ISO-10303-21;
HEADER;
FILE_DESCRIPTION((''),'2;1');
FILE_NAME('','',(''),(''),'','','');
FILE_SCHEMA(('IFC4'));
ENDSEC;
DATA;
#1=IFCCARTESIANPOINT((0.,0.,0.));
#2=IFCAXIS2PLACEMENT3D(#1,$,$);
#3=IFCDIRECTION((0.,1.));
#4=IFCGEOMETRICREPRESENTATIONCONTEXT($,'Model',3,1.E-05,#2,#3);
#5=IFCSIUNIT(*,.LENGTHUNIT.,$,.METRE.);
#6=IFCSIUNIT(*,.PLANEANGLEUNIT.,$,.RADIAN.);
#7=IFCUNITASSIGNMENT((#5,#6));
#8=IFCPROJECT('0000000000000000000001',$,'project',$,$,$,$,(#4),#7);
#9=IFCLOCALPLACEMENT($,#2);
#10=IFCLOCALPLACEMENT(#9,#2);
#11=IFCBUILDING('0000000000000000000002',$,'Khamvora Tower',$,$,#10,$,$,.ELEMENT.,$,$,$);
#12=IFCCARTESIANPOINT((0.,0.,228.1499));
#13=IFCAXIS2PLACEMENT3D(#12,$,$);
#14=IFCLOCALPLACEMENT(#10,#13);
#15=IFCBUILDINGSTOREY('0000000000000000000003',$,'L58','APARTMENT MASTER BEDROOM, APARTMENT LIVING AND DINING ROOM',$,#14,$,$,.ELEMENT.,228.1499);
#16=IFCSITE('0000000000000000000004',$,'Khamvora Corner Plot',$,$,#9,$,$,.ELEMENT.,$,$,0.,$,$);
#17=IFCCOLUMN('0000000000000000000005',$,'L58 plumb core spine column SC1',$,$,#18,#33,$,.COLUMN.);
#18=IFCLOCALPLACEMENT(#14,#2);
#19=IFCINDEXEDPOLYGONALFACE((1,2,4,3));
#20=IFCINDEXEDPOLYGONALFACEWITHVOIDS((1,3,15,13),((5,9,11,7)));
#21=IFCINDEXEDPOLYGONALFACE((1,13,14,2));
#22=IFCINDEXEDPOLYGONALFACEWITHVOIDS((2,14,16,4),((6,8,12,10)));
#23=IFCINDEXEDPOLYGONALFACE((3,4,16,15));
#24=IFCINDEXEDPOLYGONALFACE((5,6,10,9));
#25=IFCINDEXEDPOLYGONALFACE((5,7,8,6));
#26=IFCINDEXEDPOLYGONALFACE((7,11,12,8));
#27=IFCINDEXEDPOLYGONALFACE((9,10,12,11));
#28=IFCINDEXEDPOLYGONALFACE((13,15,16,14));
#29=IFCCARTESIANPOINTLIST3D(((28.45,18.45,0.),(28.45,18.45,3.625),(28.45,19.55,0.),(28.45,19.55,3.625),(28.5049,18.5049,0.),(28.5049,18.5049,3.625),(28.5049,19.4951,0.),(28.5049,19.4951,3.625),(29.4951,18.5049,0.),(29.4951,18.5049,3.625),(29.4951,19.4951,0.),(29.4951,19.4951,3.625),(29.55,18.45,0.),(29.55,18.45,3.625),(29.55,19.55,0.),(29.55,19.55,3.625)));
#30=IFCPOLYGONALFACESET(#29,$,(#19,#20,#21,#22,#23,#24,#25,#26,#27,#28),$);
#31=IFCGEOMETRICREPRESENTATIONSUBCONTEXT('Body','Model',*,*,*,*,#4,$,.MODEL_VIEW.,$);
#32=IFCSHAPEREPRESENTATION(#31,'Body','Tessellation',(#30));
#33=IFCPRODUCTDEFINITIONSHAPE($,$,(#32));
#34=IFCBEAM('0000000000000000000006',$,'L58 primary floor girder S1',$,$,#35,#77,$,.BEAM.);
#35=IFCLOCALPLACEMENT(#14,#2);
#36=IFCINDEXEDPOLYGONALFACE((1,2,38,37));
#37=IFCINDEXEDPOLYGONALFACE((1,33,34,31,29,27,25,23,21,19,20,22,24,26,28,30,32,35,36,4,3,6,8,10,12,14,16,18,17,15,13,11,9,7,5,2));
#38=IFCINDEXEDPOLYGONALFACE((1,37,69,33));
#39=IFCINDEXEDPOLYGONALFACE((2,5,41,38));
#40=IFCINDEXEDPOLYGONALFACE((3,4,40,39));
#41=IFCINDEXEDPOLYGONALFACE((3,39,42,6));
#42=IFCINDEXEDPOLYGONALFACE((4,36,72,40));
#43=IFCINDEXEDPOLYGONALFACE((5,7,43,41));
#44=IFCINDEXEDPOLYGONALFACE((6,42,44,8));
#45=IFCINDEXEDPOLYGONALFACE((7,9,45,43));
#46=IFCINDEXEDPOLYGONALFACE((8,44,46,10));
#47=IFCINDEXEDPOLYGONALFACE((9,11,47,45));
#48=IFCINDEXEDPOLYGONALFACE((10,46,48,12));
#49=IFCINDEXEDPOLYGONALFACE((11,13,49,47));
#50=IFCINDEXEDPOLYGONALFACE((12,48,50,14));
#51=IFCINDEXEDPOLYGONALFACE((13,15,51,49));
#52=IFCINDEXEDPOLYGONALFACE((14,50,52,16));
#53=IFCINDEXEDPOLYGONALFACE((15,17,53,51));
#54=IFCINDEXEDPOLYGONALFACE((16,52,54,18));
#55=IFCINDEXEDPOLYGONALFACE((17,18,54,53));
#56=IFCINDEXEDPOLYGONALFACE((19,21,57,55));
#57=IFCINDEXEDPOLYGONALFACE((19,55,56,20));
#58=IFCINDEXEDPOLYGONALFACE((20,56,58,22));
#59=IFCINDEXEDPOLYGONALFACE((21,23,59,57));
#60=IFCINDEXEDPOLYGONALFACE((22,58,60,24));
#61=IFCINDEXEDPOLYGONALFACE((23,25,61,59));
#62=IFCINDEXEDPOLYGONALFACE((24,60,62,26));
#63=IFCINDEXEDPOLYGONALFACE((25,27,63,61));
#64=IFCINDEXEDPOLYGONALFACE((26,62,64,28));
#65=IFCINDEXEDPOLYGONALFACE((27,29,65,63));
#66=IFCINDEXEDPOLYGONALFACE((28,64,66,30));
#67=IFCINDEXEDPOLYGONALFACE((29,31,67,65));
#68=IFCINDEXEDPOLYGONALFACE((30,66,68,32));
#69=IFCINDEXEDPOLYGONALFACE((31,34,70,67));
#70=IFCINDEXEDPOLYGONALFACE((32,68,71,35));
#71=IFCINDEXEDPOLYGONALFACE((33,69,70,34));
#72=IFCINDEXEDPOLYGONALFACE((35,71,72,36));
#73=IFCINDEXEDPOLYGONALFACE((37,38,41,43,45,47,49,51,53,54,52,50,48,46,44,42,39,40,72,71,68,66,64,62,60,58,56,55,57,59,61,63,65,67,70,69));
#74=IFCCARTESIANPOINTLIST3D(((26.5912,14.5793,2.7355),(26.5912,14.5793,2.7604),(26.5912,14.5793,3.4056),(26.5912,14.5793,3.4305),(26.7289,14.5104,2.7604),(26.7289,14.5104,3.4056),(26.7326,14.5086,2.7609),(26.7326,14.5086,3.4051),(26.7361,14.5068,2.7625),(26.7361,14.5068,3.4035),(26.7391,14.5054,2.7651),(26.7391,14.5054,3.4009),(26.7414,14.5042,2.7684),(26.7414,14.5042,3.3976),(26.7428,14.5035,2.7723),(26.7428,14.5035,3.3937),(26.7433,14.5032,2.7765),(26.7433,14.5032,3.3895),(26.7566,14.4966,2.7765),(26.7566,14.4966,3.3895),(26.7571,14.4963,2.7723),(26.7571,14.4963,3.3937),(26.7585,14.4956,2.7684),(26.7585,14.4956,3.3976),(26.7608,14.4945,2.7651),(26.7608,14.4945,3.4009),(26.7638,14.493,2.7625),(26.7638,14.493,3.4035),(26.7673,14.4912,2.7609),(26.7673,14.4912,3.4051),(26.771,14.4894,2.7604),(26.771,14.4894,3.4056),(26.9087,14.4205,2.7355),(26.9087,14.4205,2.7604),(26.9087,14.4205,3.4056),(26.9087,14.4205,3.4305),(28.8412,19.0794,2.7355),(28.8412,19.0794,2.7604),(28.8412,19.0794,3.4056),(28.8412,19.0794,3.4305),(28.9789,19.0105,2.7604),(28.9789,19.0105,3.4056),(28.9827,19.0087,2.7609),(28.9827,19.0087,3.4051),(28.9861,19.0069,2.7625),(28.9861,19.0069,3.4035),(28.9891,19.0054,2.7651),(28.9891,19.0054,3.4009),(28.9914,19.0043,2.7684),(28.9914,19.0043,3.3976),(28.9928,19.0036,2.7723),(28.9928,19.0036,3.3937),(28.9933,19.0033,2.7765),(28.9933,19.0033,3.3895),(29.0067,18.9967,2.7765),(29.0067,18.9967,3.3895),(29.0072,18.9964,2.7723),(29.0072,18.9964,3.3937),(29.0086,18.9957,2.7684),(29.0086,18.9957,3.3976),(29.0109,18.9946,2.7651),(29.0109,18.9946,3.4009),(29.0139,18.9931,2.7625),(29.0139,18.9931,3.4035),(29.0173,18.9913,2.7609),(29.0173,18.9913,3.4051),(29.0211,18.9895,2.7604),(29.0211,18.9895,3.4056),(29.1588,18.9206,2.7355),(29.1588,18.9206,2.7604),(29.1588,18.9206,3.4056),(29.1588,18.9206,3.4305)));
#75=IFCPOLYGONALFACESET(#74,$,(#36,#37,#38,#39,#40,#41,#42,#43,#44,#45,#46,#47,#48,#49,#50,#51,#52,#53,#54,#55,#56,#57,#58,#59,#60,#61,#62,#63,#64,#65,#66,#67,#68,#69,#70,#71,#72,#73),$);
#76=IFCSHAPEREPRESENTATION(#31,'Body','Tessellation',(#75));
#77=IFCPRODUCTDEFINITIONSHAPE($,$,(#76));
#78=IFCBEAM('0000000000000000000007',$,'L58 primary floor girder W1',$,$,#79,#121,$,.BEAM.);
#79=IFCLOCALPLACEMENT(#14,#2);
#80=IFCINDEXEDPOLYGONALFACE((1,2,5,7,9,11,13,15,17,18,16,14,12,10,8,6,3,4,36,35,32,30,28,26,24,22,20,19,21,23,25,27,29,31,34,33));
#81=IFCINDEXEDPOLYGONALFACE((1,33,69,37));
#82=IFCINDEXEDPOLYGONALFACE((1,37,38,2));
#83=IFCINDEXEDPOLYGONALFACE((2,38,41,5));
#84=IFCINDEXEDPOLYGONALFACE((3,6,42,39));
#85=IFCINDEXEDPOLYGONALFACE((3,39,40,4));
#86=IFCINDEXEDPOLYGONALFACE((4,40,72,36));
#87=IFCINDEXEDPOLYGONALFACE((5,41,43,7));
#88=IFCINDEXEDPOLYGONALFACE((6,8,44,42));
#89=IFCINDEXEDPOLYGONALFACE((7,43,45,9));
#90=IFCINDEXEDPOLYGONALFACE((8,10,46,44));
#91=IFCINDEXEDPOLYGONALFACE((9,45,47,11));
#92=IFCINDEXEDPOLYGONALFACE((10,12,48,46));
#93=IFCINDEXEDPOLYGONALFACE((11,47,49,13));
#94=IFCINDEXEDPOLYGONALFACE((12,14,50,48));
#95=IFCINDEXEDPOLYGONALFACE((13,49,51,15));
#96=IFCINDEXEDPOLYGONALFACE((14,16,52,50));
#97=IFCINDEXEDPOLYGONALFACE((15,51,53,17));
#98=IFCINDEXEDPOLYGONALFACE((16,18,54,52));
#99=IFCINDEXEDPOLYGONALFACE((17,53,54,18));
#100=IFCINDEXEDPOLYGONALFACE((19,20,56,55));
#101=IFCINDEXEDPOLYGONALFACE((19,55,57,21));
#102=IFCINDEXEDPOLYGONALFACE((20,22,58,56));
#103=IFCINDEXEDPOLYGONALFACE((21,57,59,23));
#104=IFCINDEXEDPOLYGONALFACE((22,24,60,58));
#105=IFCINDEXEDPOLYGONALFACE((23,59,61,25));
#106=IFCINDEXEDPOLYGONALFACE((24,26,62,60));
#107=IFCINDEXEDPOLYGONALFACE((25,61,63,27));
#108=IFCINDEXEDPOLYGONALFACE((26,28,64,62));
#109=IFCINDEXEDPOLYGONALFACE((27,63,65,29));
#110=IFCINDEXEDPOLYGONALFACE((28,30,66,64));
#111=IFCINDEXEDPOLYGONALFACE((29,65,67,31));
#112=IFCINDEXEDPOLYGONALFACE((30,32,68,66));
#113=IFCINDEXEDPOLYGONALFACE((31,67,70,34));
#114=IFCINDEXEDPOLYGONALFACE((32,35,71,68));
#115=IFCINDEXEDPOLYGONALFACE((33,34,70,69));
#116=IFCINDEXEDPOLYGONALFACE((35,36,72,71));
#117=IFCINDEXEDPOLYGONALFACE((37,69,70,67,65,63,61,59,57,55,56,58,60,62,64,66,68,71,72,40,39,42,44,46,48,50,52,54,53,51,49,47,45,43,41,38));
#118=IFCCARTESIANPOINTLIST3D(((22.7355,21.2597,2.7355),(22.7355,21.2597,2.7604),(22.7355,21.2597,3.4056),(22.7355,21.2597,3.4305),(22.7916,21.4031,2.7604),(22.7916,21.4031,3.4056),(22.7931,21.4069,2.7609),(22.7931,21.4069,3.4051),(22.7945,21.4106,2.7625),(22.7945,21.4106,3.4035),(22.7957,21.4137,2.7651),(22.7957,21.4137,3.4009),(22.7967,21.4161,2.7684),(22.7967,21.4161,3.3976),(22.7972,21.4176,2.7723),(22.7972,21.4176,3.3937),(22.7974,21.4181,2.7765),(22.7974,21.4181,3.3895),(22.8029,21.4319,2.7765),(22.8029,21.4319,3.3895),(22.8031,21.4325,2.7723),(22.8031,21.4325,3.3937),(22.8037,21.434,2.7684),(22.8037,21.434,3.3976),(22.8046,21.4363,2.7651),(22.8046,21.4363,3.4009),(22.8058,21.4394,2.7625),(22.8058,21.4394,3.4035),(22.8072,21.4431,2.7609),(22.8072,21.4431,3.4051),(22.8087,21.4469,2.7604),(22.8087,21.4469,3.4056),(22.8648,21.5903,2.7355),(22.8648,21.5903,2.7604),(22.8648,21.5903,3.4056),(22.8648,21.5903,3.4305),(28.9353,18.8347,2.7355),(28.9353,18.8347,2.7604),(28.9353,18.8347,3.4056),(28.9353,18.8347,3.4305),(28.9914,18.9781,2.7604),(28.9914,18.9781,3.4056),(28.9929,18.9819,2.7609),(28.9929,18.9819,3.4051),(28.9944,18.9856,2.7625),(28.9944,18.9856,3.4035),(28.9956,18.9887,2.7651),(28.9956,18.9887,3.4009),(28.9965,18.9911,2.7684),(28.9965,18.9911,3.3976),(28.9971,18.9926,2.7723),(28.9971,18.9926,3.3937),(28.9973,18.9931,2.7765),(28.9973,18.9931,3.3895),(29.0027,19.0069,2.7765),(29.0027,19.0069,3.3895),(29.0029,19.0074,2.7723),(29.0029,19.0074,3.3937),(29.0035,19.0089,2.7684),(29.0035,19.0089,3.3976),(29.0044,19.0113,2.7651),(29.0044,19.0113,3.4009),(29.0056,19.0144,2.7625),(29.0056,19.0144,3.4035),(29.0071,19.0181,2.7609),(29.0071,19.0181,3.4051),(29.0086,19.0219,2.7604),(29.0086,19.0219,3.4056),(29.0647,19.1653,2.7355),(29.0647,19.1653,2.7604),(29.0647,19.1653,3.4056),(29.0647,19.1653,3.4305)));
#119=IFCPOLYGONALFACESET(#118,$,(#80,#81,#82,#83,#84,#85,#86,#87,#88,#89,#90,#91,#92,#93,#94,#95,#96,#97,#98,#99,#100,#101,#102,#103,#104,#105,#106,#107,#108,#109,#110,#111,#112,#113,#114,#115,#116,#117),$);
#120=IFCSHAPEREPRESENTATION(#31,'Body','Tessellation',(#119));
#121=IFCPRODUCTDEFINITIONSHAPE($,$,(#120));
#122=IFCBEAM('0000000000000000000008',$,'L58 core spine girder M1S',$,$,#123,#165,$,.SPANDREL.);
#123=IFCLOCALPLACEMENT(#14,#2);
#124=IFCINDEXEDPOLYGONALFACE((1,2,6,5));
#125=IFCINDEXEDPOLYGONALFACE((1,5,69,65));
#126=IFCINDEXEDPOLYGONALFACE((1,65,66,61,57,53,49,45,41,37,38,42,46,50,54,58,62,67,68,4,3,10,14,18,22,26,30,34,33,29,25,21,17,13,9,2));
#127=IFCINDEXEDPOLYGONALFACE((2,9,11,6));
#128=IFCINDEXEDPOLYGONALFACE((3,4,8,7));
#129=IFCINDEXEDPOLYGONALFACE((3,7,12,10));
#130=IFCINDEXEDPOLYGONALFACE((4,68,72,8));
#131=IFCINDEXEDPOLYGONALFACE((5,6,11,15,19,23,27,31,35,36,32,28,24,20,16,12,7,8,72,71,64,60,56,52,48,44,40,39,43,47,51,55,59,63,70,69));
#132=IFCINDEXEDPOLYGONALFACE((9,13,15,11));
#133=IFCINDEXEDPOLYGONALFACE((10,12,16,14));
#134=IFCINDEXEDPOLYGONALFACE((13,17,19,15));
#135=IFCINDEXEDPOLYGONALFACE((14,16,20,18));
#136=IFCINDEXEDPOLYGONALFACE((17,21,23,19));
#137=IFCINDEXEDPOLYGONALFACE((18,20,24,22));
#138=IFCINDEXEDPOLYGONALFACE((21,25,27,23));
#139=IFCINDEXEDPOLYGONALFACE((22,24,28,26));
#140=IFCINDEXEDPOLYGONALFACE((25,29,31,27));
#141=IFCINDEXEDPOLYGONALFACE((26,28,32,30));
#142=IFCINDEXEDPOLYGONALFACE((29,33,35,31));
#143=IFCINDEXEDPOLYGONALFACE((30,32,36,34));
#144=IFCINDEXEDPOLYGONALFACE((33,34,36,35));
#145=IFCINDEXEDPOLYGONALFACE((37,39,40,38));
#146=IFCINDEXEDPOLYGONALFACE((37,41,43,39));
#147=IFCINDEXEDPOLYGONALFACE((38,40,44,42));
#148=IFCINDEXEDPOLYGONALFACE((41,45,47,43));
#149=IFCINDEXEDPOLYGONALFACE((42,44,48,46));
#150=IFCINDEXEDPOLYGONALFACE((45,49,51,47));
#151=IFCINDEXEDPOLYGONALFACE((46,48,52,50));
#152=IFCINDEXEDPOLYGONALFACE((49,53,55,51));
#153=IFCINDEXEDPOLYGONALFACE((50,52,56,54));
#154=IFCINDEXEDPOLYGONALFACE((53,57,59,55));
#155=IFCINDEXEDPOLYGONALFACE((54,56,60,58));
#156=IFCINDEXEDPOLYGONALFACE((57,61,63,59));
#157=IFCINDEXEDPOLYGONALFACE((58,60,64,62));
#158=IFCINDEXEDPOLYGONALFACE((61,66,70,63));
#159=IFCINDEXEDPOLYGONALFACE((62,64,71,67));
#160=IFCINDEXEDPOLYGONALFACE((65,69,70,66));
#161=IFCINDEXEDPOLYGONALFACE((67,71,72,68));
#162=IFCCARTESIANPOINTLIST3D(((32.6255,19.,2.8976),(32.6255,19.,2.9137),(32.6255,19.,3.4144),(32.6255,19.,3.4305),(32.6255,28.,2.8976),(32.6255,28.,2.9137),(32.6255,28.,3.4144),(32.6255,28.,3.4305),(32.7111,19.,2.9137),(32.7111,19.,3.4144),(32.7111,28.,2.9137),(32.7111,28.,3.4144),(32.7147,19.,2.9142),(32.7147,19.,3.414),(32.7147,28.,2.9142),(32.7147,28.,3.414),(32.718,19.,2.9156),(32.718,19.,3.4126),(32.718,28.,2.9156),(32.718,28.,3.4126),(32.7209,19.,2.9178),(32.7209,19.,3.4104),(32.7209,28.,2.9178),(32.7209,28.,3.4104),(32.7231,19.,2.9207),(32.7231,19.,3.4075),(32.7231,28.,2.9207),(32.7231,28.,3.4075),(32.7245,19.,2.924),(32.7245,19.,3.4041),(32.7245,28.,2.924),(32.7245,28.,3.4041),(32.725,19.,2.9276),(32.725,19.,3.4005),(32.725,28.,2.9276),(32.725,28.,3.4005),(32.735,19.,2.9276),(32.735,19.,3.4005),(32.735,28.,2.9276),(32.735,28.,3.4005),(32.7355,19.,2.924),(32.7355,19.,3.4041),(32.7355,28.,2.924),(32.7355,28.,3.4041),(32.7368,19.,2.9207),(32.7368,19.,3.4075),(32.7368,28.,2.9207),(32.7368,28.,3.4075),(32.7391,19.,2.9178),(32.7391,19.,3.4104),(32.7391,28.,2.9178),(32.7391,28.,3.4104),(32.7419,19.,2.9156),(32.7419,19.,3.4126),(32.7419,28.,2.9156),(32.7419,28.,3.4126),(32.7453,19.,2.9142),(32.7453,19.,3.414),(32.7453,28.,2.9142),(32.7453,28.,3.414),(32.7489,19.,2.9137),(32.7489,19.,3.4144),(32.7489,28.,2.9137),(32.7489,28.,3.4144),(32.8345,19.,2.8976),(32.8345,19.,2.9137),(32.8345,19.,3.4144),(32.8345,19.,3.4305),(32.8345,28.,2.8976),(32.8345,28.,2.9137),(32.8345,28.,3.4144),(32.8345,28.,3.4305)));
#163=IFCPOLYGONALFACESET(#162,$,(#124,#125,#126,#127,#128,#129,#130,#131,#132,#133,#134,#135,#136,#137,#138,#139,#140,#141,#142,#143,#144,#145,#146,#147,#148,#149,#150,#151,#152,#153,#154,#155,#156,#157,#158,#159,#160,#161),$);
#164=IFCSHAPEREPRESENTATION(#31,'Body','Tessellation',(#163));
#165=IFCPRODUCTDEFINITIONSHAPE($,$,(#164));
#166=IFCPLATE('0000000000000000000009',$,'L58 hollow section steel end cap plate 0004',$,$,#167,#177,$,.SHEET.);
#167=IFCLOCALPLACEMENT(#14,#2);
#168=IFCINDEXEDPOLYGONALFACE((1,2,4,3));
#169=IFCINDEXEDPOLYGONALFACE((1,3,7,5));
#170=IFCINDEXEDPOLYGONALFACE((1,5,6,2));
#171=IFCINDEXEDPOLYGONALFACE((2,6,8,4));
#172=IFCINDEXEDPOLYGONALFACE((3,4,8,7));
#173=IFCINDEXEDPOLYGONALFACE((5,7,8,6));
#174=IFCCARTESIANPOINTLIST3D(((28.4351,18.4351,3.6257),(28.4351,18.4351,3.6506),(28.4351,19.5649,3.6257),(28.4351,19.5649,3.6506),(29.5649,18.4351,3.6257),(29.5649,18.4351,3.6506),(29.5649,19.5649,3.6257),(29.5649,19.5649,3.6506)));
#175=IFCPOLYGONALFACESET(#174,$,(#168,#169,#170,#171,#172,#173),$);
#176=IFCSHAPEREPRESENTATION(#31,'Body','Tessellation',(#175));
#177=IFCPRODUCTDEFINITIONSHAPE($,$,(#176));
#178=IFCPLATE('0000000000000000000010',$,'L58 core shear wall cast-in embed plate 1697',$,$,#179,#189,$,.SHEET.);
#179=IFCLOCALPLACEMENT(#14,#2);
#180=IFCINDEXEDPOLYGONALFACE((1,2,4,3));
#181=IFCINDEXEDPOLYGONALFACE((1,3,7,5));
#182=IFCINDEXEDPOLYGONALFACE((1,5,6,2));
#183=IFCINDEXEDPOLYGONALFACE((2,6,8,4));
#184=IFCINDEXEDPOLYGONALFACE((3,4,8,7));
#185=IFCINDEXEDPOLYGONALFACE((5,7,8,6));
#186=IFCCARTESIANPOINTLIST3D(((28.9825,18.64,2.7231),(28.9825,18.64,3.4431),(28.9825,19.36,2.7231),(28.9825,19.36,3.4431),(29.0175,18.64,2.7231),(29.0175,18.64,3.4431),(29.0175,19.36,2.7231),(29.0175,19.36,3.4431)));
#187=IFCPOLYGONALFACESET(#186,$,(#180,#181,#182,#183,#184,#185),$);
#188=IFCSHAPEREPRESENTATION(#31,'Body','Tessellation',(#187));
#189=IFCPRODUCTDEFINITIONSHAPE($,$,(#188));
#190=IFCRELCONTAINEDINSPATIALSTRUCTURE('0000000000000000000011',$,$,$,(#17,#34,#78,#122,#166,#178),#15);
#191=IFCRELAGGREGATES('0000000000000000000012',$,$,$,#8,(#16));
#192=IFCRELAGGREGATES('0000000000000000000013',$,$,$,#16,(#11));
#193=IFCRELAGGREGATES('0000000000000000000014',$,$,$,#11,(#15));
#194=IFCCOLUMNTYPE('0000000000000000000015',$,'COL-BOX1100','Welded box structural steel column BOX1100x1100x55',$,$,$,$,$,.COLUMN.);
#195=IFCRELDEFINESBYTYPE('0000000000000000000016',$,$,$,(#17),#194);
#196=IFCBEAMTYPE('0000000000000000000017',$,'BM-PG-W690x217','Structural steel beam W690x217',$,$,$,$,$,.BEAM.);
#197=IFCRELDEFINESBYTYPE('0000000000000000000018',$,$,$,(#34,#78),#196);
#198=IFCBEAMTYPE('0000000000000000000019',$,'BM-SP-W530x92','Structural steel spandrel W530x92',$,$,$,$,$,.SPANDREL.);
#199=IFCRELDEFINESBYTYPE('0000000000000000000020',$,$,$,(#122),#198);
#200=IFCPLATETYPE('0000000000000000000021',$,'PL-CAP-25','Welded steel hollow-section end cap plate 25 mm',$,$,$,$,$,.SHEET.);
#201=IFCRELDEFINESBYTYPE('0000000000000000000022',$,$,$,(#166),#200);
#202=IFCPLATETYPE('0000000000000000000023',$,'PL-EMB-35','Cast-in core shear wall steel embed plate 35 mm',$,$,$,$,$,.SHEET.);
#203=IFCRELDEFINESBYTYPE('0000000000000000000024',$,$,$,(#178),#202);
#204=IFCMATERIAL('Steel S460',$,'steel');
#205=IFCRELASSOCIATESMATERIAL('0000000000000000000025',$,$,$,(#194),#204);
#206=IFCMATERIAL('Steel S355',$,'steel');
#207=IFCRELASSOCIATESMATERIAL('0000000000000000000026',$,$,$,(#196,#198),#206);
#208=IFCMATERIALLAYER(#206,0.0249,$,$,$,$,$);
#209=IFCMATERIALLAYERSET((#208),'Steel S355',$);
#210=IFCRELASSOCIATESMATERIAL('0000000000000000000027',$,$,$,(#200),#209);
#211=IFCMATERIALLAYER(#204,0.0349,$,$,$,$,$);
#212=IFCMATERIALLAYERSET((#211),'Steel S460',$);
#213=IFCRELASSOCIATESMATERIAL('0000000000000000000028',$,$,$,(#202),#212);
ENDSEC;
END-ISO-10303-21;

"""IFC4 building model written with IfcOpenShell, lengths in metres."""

from ifc_helpers import new_model, si_unit, direction, frame, origin, origin_2d, place, context, subcontext, project, spatial, rectangle, hollow_rectangle, i_section, extrude, material, layer, layer_set, material_profile, profile_set, type_object, element, save


model = new_model("IFC4")

# Units and contexts
model_context = context("Model", 3, precision=1e-05, world=origin(), true_north=direction((0.0, 1.0)))
body_context = subcontext(model_context, "Body", "Model", "MODEL_VIEW")
ifc_project = project(units=[si_unit("LENGTHUNIT", "METRE"), si_unit("PLANEANGLEUNIT", "RADIAN")], contexts=[model_context])

# Site, building, storey
site_placement = place(None, origin())
site = spatial("IfcSite", under=ifc_project, at=site_placement, Name="Khamvora Corner Plot", CompositionType="ELEMENT", RefElevation=0.0)
building_placement = place(site_placement, origin())
building = spatial("IfcBuilding", under=site, at=building_placement, Name="Khamvora Tower", CompositionType="ELEMENT")
storey_placement = place(building_placement, frame((0.0, 0.0, 228.1499)))
storey = spatial("IfcBuildingStorey", under=building, at=storey_placement, Name="L58", Description="APARTMENT MASTER BEDROOM, APARTMENT LIVING AND DINING ROOM", CompositionType="ELEMENT", Elevation=228.1499)

# Column
ifc_material_1 = material(Name="Steel S460", Category="steel")
ifc_material_profile_1 = material_profile(ifc_material_1, hollow_rectangle(XDim=1.1001, YDim=1.1001, WallThickness=0.0549, at=origin_2d()), Name="BOX1100x1100x55")
ifc_profile_set_1 = profile_set([ifc_material_profile_1], Name="Steel S460")
column_type = type_object("IfcColumnType", Name="COL-BOX1100", Description="Welded box structural steel column BOX1100x1100x55", PredefinedType="COLUMN", material=ifc_profile_set_1)
column_placement = place(storey_placement, frame((29.0, 19.0, 0.0), z_axis=(0.0, 0.0, 1.0), x_axis=(1.0, 0.0, 0.0)))
element("IfcColumn", 1, at=column_placement, inside=storey, type_object=column_type, Name="L58 plumb core spine column SC1", PredefinedType="COLUMN", context=body_context, shape_type="SweptSolid", body=[
    extrude(hollow_rectangle(XDim=1.1001, YDim=1.1001, WallThickness=0.0549, at=origin_2d()), origin(), (0.0, 0.0, 1.0), 3.625),
])

# Beams
ifc_material_2 = material(Name="Steel S355", Category="steel")
ifc_material_profile_2 = material_profile(ifc_material_2, i_section(OverallWidth=0.355, OverallDepth=0.6951, WebThickness=0.0149, FlangeThickness=0.0249, FilletRadius=0.0161, at=origin_2d()), Name="W690x217")
ifc_profile_set_2 = profile_set([ifc_material_profile_2], Name="Steel S355")
beam_type_1 = type_object("IfcBeamType", Name="BM-PG-W690x217", Description="Structural steel beam W690x217", PredefinedType="BEAM", material=ifc_profile_set_2)
beam_1_placement = place(storey_placement, frame((29.0, 19.0, 3.083), z_axis=(-0.447214, -0.894427, 0.0), x_axis=(0.894427, -0.447214, 0.0)))
element("IfcBeam", 2, at=beam_1_placement, inside=storey, type_object=beam_type_1, Name="L58 primary floor girder S1", PredefinedType="BEAM", context=body_context, shape_type="SweptSolid", body=[
    extrude(i_section(OverallWidth=0.355, OverallDepth=0.6951, WebThickness=0.0149, FlangeThickness=0.0249, FilletRadius=0.0161, at=origin_2d()), origin(), (0.0, 0.0, 1.0), 5.0312),
])
beam_2_placement = place(storey_placement, frame((29.0, 19.0, 3.083), z_axis=(-0.931295, 0.364267, 0.0), x_axis=(-0.364267, -0.931295, 0.0)))
element("IfcBeam", 3, at=beam_2_placement, inside=storey, type_object=beam_type_1, Name="L58 primary floor girder W1", PredefinedType="BEAM", context=body_context, shape_type="SweptSolid", body=[
    extrude(i_section(OverallWidth=0.355, OverallDepth=0.6951, WebThickness=0.0149, FlangeThickness=0.0249, FilletRadius=0.0161, at=origin_2d()), origin(), (0.0, 0.0, 1.0), 6.6572),
])
ifc_material_profile_3 = material_profile(ifc_material_2, i_section(OverallWidth=0.209, OverallDepth=0.533, WebThickness=0.01, FlangeThickness=0.0161, FilletRadius=0.0139, at=origin_2d()), Name="W530x92")
ifc_profile_set_3 = profile_set([ifc_material_profile_3], Name="Steel S355")
beam_type_2 = type_object("IfcBeamType", Name="BM-SP-W530x92", Description="Structural steel spandrel W530x92", PredefinedType="SPANDREL", material=ifc_profile_set_3)
beam_3_placement = place(storey_placement, frame((32.73, 19.0, 3.1641), z_axis=(0.0, 1.0, 0.0), x_axis=(-1.0, 0.0, 0.0)))
element("IfcBeam", 4, at=beam_3_placement, inside=storey, type_object=beam_type_2, Name="L58 core spine girder M1S", PredefinedType="SPANDREL", context=body_context, shape_type="SweptSolid", body=[
    extrude(i_section(OverallWidth=0.209, OverallDepth=0.533, WebThickness=0.01, FlangeThickness=0.0161, FilletRadius=0.0139, at=origin_2d()), origin(), (0.0, 0.0, 1.0), 9.0),
])

# Plates
ifc_layer_1 = layer(ifc_material_2, 0.0249)
ifc_layer_set_1 = layer_set([ifc_layer_1], Name="Steel S355")
plate_type_1 = type_object("IfcPlateType", Name="PL-CAP-25", Description="Welded steel hollow-section end cap plate 25 mm", PredefinedType="SHEET", material=ifc_layer_set_1)
plate_1_placement = place(storey_placement, frame((29.0, 19.0, 3.6257), z_axis=(0.0, 0.0, 1.0), x_axis=(1.0, 0.0, 0.0)))
element("IfcPlate", 5, at=plate_1_placement, inside=storey, type_object=plate_type_1, Name="L58 hollow section steel end cap plate 0004", PredefinedType="SHEET", context=body_context, shape_type="SweptSolid", body=[
    extrude(rectangle(XDim=1.1299, YDim=1.1299, at=origin_2d()), origin(), (0.0, 0.0, 1.0), 0.0249),
])
ifc_layer_2 = layer(ifc_material_1, 0.0349)
ifc_layer_set_2 = layer_set([ifc_layer_2], Name="Steel S460")
plate_type_2 = type_object("IfcPlateType", Name="PL-EMB-35", Description="Cast-in core shear wall steel embed plate 35 mm", PredefinedType="SHEET", material=ifc_layer_set_2)
plate_2_placement = place(storey_placement, frame((29.0, 19.0, 2.7231), z_axis=(0.0, 0.0, 1.0), x_axis=(1.0, 0.0, 0.0)))
element("IfcPlate", 6, at=plate_2_placement, inside=storey, type_object=plate_type_2, Name="L58 core shear wall cast-in embed plate 1697", PredefinedType="SHEET", context=body_context, shape_type="SweptSolid", body=[
    extrude(rectangle(XDim=0.0349, YDim=0.72, at=origin_2d()), origin(), (0.0, 0.0, 1.0), 0.72),
])

save(model, "model.ifc")
